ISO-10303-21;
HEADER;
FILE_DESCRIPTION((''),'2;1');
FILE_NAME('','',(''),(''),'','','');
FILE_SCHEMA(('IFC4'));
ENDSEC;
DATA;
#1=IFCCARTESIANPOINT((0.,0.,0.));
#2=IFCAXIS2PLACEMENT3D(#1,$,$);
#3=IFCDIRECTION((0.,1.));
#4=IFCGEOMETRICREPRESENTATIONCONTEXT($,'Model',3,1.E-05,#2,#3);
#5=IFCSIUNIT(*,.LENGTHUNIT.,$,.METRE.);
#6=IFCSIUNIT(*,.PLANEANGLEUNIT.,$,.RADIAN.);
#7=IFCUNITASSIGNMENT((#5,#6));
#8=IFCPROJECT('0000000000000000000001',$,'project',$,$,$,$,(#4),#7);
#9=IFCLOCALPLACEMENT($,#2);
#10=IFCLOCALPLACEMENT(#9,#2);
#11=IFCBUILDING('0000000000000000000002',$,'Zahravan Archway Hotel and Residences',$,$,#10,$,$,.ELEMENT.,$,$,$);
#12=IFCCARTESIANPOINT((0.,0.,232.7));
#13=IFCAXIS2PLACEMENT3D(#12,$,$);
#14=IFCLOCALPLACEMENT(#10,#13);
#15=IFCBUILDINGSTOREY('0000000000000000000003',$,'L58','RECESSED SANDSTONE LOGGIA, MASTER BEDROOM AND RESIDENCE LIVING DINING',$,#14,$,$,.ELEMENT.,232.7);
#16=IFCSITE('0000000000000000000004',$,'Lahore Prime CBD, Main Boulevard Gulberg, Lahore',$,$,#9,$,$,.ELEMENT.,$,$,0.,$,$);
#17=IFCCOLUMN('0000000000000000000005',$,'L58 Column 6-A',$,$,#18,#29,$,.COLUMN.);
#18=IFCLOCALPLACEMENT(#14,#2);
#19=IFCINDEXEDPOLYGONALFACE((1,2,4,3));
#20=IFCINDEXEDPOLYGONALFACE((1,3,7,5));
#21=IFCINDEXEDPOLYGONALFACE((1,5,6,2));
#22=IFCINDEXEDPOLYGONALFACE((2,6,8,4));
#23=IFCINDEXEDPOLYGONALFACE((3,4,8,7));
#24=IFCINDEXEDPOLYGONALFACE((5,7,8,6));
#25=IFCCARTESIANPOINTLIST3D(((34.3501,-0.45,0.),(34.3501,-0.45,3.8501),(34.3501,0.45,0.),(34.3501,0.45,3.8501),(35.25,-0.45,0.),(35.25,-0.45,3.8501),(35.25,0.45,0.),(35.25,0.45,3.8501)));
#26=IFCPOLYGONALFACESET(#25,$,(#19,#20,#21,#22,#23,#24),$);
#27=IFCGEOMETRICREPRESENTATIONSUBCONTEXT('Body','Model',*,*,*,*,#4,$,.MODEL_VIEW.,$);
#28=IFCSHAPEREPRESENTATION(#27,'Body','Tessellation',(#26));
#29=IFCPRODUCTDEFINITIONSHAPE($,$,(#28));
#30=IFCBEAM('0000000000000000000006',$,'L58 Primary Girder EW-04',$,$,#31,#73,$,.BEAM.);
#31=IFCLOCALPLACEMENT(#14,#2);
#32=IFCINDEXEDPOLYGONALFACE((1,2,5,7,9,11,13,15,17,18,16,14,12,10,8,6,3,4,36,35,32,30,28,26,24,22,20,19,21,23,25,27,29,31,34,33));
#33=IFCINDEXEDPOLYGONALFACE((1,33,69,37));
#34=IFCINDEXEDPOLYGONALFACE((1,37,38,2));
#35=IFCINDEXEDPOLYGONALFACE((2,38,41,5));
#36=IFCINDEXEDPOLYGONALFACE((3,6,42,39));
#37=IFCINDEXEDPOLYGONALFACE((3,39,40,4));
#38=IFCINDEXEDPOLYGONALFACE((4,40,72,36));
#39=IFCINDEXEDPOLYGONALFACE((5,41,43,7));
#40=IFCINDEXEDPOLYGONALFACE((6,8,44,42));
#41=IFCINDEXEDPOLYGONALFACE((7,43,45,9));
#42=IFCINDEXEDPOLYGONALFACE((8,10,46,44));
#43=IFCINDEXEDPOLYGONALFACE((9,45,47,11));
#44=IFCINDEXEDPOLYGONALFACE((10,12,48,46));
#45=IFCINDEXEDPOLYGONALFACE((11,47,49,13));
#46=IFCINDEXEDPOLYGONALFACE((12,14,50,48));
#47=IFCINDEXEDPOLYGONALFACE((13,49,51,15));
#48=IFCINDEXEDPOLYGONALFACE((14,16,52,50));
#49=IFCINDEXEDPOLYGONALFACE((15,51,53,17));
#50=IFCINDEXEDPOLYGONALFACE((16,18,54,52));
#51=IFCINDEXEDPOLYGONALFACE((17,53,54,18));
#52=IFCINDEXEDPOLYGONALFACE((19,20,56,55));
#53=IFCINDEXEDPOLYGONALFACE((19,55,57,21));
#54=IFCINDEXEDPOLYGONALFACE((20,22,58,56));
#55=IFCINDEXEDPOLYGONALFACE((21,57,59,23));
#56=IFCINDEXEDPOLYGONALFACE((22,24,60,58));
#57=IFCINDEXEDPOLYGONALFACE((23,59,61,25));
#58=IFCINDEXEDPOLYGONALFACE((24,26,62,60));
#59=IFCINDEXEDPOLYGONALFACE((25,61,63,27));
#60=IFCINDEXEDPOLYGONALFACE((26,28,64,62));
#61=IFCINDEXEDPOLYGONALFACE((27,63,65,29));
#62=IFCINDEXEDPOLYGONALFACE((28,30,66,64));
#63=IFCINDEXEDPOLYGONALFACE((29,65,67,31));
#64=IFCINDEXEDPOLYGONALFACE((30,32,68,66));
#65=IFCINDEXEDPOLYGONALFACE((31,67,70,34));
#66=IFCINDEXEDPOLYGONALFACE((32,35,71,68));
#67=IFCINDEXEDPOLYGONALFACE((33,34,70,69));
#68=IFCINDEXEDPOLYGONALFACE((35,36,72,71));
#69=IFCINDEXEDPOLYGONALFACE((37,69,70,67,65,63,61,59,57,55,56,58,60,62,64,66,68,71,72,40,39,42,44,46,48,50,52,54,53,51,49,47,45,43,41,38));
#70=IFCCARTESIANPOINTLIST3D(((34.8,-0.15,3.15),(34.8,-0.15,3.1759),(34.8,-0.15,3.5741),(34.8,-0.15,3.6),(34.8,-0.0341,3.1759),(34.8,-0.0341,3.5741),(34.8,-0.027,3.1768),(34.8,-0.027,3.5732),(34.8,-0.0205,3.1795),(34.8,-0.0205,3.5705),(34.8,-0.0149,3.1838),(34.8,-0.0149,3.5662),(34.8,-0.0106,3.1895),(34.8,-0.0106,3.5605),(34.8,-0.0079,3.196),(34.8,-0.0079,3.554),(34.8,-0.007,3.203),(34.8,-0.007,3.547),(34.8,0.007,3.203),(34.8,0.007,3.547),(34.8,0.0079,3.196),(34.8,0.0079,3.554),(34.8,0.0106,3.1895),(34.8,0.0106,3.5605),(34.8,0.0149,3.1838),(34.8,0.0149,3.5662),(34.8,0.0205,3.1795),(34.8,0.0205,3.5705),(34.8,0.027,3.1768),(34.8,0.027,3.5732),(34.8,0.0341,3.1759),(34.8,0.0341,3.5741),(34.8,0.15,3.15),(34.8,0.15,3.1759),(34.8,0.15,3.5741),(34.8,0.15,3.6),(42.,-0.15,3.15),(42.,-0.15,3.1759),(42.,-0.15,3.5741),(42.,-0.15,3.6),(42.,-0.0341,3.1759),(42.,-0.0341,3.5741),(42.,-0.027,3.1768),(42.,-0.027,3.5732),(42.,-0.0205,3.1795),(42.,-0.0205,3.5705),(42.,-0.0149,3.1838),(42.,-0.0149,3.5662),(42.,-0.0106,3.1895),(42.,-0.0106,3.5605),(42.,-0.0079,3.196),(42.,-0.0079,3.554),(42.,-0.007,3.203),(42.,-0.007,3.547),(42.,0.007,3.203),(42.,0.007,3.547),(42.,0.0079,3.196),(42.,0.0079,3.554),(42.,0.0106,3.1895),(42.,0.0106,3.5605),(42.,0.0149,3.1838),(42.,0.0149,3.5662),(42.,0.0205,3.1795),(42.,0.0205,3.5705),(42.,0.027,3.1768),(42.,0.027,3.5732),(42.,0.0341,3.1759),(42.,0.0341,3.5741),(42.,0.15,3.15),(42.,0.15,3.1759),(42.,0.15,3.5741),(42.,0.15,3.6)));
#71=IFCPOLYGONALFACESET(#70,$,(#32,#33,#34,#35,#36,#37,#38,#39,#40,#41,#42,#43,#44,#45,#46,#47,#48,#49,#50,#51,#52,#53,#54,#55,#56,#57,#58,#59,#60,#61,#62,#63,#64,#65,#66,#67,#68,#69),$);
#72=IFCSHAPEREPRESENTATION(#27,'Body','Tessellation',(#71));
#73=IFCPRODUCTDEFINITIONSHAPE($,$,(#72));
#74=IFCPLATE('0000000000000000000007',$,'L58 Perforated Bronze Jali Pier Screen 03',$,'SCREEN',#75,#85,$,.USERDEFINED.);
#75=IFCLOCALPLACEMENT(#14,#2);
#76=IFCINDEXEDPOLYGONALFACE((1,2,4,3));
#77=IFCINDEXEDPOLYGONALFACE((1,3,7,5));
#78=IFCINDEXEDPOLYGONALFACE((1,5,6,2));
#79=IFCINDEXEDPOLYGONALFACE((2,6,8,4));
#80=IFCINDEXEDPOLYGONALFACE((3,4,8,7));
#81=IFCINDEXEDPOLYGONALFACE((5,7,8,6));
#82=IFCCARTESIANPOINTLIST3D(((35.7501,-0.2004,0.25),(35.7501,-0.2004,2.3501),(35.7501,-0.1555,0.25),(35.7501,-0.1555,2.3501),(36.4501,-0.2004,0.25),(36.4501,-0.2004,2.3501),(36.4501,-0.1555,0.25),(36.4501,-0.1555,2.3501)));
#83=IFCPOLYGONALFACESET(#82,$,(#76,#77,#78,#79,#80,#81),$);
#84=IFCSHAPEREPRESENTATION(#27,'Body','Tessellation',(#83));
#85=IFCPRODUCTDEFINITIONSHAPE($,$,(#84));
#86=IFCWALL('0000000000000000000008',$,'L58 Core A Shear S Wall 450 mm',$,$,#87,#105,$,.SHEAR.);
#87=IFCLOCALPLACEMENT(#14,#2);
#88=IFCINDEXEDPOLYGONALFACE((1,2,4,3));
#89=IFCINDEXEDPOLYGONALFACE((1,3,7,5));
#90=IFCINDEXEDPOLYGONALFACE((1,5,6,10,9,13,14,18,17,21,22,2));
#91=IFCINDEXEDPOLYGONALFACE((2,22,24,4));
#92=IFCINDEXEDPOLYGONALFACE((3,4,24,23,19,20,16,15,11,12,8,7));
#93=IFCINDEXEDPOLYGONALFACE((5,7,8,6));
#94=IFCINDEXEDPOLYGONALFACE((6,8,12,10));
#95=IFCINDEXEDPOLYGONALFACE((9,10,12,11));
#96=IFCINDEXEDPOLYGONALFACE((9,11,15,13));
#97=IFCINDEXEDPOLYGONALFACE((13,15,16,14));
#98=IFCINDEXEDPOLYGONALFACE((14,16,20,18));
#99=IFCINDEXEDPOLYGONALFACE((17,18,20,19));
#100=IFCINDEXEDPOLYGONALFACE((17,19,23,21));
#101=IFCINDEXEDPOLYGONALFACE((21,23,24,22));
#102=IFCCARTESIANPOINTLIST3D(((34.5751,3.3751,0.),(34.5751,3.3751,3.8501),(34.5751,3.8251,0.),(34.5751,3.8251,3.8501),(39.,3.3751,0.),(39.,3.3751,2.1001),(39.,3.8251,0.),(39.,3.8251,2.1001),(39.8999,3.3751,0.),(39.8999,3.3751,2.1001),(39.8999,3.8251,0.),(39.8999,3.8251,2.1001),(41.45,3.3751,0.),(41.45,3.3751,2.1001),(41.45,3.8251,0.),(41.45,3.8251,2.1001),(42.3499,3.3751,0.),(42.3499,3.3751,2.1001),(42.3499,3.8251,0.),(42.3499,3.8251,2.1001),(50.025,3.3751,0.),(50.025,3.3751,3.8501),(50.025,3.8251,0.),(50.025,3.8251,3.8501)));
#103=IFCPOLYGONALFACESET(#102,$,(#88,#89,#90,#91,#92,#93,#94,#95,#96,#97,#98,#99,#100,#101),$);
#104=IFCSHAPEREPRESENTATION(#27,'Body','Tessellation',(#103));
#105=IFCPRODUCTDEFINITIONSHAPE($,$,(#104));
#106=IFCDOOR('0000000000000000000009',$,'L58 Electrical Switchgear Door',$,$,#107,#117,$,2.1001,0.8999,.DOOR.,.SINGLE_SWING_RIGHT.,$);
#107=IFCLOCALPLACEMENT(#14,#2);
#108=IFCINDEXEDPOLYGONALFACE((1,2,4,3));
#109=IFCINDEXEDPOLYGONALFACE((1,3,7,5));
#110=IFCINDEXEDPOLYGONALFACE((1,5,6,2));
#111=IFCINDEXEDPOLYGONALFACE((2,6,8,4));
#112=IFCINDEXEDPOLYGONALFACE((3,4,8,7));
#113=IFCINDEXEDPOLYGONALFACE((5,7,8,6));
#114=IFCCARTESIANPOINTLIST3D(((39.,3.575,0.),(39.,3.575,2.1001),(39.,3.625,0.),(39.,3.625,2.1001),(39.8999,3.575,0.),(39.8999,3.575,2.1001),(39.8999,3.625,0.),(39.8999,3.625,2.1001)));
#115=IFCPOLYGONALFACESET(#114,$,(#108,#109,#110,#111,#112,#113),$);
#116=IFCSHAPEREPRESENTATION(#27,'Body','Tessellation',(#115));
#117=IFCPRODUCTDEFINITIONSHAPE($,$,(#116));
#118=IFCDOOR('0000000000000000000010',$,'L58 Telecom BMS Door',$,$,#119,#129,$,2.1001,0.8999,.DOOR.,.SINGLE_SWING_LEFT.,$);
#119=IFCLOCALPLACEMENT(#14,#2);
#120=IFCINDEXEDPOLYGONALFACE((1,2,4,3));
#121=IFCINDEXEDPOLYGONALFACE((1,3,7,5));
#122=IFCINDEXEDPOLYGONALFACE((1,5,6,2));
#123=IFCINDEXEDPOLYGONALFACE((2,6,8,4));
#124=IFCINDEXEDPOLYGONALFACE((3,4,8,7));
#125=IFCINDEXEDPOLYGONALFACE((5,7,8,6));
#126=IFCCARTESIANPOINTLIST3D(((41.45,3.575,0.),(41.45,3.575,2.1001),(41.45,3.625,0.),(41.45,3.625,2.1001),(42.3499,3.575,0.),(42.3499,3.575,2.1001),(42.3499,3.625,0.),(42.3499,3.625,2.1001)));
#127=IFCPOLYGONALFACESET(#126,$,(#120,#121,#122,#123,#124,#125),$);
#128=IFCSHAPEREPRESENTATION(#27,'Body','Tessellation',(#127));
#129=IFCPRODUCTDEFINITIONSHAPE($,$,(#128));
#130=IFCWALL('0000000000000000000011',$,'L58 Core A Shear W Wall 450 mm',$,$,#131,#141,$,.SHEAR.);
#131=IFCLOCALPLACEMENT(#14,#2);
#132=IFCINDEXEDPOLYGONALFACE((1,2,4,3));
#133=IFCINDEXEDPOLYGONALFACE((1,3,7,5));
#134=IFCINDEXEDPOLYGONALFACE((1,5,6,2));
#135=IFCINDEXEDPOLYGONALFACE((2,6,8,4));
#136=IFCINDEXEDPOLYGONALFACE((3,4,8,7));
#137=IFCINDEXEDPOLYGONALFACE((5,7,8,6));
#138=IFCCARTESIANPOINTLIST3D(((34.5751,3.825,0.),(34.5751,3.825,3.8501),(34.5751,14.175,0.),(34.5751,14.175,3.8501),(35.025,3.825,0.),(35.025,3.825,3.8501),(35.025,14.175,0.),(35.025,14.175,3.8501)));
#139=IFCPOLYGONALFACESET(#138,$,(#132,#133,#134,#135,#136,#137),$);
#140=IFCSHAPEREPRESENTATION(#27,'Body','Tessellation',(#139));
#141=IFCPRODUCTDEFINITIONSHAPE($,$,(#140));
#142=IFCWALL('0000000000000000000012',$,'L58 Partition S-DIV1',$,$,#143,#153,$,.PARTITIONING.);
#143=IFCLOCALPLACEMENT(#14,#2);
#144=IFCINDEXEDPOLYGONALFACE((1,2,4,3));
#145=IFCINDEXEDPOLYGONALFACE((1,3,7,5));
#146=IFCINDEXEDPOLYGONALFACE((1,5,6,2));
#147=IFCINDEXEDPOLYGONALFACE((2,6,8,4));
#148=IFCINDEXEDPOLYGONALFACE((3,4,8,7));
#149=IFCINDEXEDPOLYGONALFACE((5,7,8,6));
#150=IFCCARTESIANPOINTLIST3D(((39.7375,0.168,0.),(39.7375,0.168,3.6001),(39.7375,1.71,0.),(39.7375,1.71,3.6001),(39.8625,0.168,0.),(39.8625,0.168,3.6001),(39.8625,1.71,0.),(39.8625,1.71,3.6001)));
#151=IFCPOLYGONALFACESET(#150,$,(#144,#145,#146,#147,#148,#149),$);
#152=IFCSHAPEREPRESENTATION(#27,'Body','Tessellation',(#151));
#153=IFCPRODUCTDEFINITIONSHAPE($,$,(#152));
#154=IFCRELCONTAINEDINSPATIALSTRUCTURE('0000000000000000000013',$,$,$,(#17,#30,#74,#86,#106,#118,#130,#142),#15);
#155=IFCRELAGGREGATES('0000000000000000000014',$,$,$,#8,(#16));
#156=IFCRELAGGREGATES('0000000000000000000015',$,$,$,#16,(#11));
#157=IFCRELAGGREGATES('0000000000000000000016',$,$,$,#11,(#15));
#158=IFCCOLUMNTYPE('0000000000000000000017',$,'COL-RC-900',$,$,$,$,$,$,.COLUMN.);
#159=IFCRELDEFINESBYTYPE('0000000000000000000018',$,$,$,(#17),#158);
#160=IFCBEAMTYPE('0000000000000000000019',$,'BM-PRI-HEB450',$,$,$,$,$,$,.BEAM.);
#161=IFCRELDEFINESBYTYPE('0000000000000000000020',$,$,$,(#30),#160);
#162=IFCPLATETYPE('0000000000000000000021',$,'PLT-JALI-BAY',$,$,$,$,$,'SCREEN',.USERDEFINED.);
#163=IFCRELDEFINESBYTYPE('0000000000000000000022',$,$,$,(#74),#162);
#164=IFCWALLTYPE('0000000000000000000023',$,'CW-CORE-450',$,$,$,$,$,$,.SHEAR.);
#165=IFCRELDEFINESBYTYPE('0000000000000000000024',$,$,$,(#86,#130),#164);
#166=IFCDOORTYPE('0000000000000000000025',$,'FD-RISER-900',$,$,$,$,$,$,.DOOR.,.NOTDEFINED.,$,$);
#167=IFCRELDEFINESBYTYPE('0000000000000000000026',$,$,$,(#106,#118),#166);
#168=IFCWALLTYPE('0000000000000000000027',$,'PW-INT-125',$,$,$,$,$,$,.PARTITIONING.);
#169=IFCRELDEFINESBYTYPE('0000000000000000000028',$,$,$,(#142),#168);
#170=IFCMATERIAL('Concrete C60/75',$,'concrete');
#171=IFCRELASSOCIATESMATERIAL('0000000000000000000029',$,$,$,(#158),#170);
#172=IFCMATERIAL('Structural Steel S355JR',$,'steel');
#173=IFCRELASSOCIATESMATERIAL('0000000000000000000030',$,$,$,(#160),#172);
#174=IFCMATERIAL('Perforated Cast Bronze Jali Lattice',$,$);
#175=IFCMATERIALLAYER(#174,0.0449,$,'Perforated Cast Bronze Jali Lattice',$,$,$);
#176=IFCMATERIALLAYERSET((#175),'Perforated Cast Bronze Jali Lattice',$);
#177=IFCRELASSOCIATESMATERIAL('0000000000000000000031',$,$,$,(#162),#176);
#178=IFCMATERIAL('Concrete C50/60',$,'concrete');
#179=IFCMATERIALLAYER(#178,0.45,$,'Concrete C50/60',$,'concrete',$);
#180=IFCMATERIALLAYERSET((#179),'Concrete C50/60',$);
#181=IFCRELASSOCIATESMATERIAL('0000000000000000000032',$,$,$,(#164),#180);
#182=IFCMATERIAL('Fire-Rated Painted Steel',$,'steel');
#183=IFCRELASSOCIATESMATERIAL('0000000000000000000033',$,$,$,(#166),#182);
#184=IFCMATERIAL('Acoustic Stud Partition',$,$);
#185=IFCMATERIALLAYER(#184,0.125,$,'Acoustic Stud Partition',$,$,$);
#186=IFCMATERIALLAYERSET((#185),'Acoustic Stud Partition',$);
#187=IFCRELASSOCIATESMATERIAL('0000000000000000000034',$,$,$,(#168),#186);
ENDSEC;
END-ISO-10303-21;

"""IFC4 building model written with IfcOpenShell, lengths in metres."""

from ifc_helpers import new_model, si_unit, direction, frame, frame_2d, origin, origin_2d, place, context, subcontext, project, spatial, rectangle, i_section, extrude, source, transform, mapped, material, layer, layer_set, material_profile, profile_set, type_object, type_shapes, element, fill, save


model = new_model("IFC4")

# Units and contexts
model_context = context("Model", 3, precision=1e-05, world=origin(), true_north=direction((0.0, 1.0)))
body_context = subcontext(model_context, "Body", "Model", "MODEL_VIEW")
ifc_project = project(units=[si_unit("LENGTHUNIT", "METRE"), si_unit("PLANEANGLEUNIT", "RADIAN")], contexts=[model_context])

# Site, building, storey
site_placement = place(None, origin())
site = spatial("IfcSite", under=ifc_project, at=site_placement, Name="Lahore Prime CBD, Main Boulevard Gulberg, Lahore", CompositionType="ELEMENT", RefElevation=0.0)
building_placement = place(site_placement, origin())
building = spatial("IfcBuilding", under=site, at=building_placement, Name="Zahravan Archway Hotel and Residences", CompositionType="ELEMENT")
storey_placement = place(building_placement, frame((0.0, 0.0, 232.7)))
storey = spatial("IfcBuildingStorey", under=building, at=storey_placement, Name="L58", Description="RECESSED SANDSTONE LOGGIA, MASTER BEDROOM AND RESIDENCE LIVING DINING", CompositionType="ELEMENT", Elevation=232.7)

# Column
ifc_material_1 = material(Name="Concrete C60/75", Category="concrete")
ifc_material_profile_1 = material_profile(ifc_material_1, rectangle(XDim=0.8999, YDim=0.8999, at=origin_2d()), Name="RC-COL-900x900", Category="concrete")
ifc_profile_set_1 = profile_set([ifc_material_profile_1], Name="Concrete C60/75")
column_type = type_object("IfcColumnType", Name="COL-RC-900", PredefinedType="COLUMN", material=ifc_profile_set_1)
shared_shape_1 = source(origin(), body_context, "Body", "SweptSolid", [
    extrude(rectangle(XDim=0.8999, YDim=0.8999, at=origin_2d()), origin(), (0.0, 0.0, 1.0), 3.8501),
])
type_shapes(column_type, [shared_shape_1])
column_placement = place(storey_placement, frame((34.8, 0.0, 0.0), z_axis=(0.0, 0.0, 1.0), x_axis=(1.0, 0.0, 0.0)))
element("IfcColumn", 1, at=column_placement, inside=storey, type_object=column_type, Name="L58 Column 6-A", PredefinedType="COLUMN", context=body_context, shape_type="MappedRepresentation", body=[
    mapped(shared_shape_1, transform((0.0, 0.0, 0.0), scale=1.0)),
])

# Beam
ifc_material_2 = material(Name="Structural Steel S355JR", Category="steel")
ifc_material_profile_2 = material_profile(ifc_material_2, i_section(OverallWidth=0.3, OverallDepth=0.45, WebThickness=0.0139, FlangeThickness=0.0259, FilletRadius=0.0271, at=origin_2d()), Name="HEB 450", Category="steel")
ifc_profile_set_2 = profile_set([ifc_material_profile_2], Name="Structural Steel S355JR")
beam_type = type_object("IfcBeamType", Name="BM-PRI-HEB450", PredefinedType="BEAM", material=ifc_profile_set_2)
shared_shape_2 = source(origin(), body_context, "Body", "SweptSolid", [
    extrude(i_section(OverallWidth=0.3, OverallDepth=0.45, WebThickness=0.0139, FlangeThickness=0.0259, FilletRadius=0.0271, at=origin_2d()), origin(), (0.0, 0.0, 1.0), 7.2),
])
beam_placement = place(storey_placement, frame((34.8, 0.0, 3.375), z_axis=(1.0, 0.0, 0.0), x_axis=(0.0, 1.0, 0.0)))
element("IfcBeam", 2, at=beam_placement, inside=storey, type_object=beam_type, Name="L58 Primary Girder EW-04", PredefinedType="BEAM", context=body_context, shape_type="MappedRepresentation", body=[
    mapped(shared_shape_2, transform((0.0, 0.0, 0.0), scale=1.0)),
])

# Plate
ifc_material_3 = material(Name="Perforated Cast Bronze Jali Lattice")
ifc_layer_1 = layer(ifc_material_3, 0.0449, Name="Perforated Cast Bronze Jali Lattice")
ifc_layer_set_1 = layer_set([ifc_layer_1], Name="Perforated Cast Bronze Jali Lattice")
plate_type = type_object("IfcPlateType", Name="PLT-JALI-BAY", ElementType="SCREEN", PredefinedType="USERDEFINED", material=ifc_layer_set_1)
shared_shape_3 = source(origin(), body_context, "Body", "SweptSolid", [
    extrude(rectangle(XDim=0.7, YDim=0.0449, at=origin_2d()), origin(), (0.0, 0.0, 1.0), 2.1001),
])
type_shapes(plate_type, [shared_shape_3])
plate_placement = place(storey_placement, frame((36.1001, -0.178, 0.25), z_axis=(0.0, 0.0, 1.0), x_axis=(1.0, 0.0, 0.0)))
element("IfcPlate", 3, at=plate_placement, inside=storey, type_object=plate_type, Name="L58 Perforated Bronze Jali Pier Screen 03", ObjectType="SCREEN", PredefinedType="USERDEFINED", context=body_context, shape_type="MappedRepresentation", body=[
    mapped(shared_shape_3, transform((0.0, 0.0, 0.0), scale=1.0)),
])

# Wall, openings, doors
ifc_material_4 = material(Name="Concrete C50/60", Category="concrete")
ifc_layer_2 = layer(ifc_material_4, 0.45, Name="Concrete C50/60", Category="concrete")
ifc_layer_set_2 = layer_set([ifc_layer_2], Name="Concrete C50/60")
wall_type_1 = type_object("IfcWallType", Name="CW-CORE-450", PredefinedType="SHEAR", material=ifc_layer_set_2)
wall_1_placement = place(storey_placement, frame((34.575, 3.6001, 0.0), z_axis=(0.0, 0.0, 1.0), x_axis=(1.0, 0.0, 0.0)))
wall_1 = element("IfcWall", 4, at=wall_1_placement, inside=storey, type_object=wall_type_1, Name="L58 Core A Shear S Wall 450 mm", PredefinedType="SHEAR", context=body_context, shape_type="SweptSolid", body=[
    extrude(rectangle(XDim=15.45, YDim=0.45, at=frame_2d((7.7251, 0.0))), origin(), (0.0, 0.0, 1.0), 3.8501),
])
opening_1_placement = place(wall_1_placement, frame((4.425, 0.0, 0.0)))
opening_1 = element("IfcOpeningElement", 5, at=opening_1_placement, cuts=wall_1, PredefinedType="OPENING", context=body_context, shape_type="SweptSolid", body=[
    extrude(rectangle(XDim=0.8999, YDim=2.1001, at=frame_2d((0.45, 1.05))), frame((0.0, 0.2349, 0.0), z_axis=(0.0, -1.0, 0.0), x_axis=(1.0, 0.0, 0.0)), (0.0, 0.0, 1.0), 0.47),
])
opening_2_placement = place(wall_1_placement, frame((6.875, 0.0, 0.0)))
opening_2 = element("IfcOpeningElement", 6, at=opening_2_placement, cuts=wall_1, PredefinedType="OPENING", context=body_context, shape_type="SweptSolid", body=[
    extrude(rectangle(XDim=0.8999, YDim=2.1001, at=frame_2d((0.45, 1.05))), frame((0.0, 0.2349, 0.0), z_axis=(0.0, -1.0, 0.0), x_axis=(1.0, 0.0, 0.0)), (0.0, 0.0, 1.0), 0.47),
])
ifc_material_5 = material(Name="Fire-Rated Painted Steel", Category="steel")
door_type_1 = type_object("IfcDoorType", Name="FD-RISER-900", OperationType="NOTDEFINED", PredefinedType="DOOR", material=ifc_material_5)
shared_shape_4 = source(origin(), body_context, "Body", "SweptSolid", [
    extrude(rectangle(XDim=0.8999, YDim=2.1001, at=frame_2d((0.45, 1.05))), frame((0.0, 0.0249, 0.0), z_axis=(0.0, -1.0, 0.0), x_axis=(1.0, 0.0, 0.0)), (0.0, 0.0, 1.0), 0.05),
])
type_shapes(door_type_1, [shared_shape_4])
door_1_placement = place(opening_1_placement, origin())
door_1 = element("IfcDoor", 7, at=door_1_placement, inside=storey, type_object=door_type_1, Name="L58 Electrical Switchgear Door", OperationType="SINGLE_SWING_RIGHT", OverallHeight=2.1001, OverallWidth=0.8999, PredefinedType="DOOR", context=body_context, shape_type="MappedRepresentation", body=[
    mapped(shared_shape_4, transform((0.0, 0.0, 0.0), scale=1.0)),
])
fill(opening_1, door_1)
door_2_placement = place(opening_2_placement, origin())
door_2 = element("IfcDoor", 8, at=door_2_placement, inside=storey, type_object=door_type_1, Name="L58 Telecom BMS Door", OperationType="SINGLE_SWING_LEFT", OverallHeight=2.1001, OverallWidth=0.8999, PredefinedType="DOOR", context=body_context, shape_type="MappedRepresentation", body=[
    mapped(shared_shape_4, transform((0.0, 0.0, 0.0), scale=1.0)),
])
fill(opening_2, door_2)

# Walls
wall_2_placement = place(storey_placement, frame((34.8, 3.825, 0.0), z_axis=(0.0, 0.0, 1.0), x_axis=(0.0, 1.0, 0.0)))
element("IfcWall", 9, at=wall_2_placement, inside=storey, type_object=wall_type_1, Name="L58 Core A Shear W Wall 450 mm", PredefinedType="SHEAR", context=body_context, shape_type="SweptSolid", body=[
    extrude(rectangle(XDim=10.3501, YDim=0.45, at=frame_2d((5.175, 0.0))), origin(), (0.0, 0.0, 1.0), 3.8501),
])
ifc_material_6 = material(Name="Acoustic Stud Partition")
ifc_layer_3 = layer(ifc_material_6, 0.125, Name="Acoustic Stud Partition")
ifc_layer_set_3 = layer_set([ifc_layer_3], Name="Acoustic Stud Partition")
wall_type_2 = type_object("IfcWallType", Name="PW-INT-125", PredefinedType="PARTITIONING", material=ifc_layer_set_3)
wall_3_placement = place(storey_placement, frame((39.8, 0.168, 0.0), z_axis=(0.0, 0.0, 1.0), x_axis=(0.0, 1.0, 0.0)))
element("IfcWall", 10, at=wall_3_placement, inside=storey, type_object=wall_type_2, Name="L58 Partition S-DIV1", PredefinedType="PARTITIONING", context=body_context, shape_type="SweptSolid", body=[
    extrude(rectangle(XDim=1.542, YDim=0.125, at=frame_2d((0.771, 0.0))), origin(), (0.0, 0.0, 1.0), 3.6001),
])

save(model, "model.ifc")
